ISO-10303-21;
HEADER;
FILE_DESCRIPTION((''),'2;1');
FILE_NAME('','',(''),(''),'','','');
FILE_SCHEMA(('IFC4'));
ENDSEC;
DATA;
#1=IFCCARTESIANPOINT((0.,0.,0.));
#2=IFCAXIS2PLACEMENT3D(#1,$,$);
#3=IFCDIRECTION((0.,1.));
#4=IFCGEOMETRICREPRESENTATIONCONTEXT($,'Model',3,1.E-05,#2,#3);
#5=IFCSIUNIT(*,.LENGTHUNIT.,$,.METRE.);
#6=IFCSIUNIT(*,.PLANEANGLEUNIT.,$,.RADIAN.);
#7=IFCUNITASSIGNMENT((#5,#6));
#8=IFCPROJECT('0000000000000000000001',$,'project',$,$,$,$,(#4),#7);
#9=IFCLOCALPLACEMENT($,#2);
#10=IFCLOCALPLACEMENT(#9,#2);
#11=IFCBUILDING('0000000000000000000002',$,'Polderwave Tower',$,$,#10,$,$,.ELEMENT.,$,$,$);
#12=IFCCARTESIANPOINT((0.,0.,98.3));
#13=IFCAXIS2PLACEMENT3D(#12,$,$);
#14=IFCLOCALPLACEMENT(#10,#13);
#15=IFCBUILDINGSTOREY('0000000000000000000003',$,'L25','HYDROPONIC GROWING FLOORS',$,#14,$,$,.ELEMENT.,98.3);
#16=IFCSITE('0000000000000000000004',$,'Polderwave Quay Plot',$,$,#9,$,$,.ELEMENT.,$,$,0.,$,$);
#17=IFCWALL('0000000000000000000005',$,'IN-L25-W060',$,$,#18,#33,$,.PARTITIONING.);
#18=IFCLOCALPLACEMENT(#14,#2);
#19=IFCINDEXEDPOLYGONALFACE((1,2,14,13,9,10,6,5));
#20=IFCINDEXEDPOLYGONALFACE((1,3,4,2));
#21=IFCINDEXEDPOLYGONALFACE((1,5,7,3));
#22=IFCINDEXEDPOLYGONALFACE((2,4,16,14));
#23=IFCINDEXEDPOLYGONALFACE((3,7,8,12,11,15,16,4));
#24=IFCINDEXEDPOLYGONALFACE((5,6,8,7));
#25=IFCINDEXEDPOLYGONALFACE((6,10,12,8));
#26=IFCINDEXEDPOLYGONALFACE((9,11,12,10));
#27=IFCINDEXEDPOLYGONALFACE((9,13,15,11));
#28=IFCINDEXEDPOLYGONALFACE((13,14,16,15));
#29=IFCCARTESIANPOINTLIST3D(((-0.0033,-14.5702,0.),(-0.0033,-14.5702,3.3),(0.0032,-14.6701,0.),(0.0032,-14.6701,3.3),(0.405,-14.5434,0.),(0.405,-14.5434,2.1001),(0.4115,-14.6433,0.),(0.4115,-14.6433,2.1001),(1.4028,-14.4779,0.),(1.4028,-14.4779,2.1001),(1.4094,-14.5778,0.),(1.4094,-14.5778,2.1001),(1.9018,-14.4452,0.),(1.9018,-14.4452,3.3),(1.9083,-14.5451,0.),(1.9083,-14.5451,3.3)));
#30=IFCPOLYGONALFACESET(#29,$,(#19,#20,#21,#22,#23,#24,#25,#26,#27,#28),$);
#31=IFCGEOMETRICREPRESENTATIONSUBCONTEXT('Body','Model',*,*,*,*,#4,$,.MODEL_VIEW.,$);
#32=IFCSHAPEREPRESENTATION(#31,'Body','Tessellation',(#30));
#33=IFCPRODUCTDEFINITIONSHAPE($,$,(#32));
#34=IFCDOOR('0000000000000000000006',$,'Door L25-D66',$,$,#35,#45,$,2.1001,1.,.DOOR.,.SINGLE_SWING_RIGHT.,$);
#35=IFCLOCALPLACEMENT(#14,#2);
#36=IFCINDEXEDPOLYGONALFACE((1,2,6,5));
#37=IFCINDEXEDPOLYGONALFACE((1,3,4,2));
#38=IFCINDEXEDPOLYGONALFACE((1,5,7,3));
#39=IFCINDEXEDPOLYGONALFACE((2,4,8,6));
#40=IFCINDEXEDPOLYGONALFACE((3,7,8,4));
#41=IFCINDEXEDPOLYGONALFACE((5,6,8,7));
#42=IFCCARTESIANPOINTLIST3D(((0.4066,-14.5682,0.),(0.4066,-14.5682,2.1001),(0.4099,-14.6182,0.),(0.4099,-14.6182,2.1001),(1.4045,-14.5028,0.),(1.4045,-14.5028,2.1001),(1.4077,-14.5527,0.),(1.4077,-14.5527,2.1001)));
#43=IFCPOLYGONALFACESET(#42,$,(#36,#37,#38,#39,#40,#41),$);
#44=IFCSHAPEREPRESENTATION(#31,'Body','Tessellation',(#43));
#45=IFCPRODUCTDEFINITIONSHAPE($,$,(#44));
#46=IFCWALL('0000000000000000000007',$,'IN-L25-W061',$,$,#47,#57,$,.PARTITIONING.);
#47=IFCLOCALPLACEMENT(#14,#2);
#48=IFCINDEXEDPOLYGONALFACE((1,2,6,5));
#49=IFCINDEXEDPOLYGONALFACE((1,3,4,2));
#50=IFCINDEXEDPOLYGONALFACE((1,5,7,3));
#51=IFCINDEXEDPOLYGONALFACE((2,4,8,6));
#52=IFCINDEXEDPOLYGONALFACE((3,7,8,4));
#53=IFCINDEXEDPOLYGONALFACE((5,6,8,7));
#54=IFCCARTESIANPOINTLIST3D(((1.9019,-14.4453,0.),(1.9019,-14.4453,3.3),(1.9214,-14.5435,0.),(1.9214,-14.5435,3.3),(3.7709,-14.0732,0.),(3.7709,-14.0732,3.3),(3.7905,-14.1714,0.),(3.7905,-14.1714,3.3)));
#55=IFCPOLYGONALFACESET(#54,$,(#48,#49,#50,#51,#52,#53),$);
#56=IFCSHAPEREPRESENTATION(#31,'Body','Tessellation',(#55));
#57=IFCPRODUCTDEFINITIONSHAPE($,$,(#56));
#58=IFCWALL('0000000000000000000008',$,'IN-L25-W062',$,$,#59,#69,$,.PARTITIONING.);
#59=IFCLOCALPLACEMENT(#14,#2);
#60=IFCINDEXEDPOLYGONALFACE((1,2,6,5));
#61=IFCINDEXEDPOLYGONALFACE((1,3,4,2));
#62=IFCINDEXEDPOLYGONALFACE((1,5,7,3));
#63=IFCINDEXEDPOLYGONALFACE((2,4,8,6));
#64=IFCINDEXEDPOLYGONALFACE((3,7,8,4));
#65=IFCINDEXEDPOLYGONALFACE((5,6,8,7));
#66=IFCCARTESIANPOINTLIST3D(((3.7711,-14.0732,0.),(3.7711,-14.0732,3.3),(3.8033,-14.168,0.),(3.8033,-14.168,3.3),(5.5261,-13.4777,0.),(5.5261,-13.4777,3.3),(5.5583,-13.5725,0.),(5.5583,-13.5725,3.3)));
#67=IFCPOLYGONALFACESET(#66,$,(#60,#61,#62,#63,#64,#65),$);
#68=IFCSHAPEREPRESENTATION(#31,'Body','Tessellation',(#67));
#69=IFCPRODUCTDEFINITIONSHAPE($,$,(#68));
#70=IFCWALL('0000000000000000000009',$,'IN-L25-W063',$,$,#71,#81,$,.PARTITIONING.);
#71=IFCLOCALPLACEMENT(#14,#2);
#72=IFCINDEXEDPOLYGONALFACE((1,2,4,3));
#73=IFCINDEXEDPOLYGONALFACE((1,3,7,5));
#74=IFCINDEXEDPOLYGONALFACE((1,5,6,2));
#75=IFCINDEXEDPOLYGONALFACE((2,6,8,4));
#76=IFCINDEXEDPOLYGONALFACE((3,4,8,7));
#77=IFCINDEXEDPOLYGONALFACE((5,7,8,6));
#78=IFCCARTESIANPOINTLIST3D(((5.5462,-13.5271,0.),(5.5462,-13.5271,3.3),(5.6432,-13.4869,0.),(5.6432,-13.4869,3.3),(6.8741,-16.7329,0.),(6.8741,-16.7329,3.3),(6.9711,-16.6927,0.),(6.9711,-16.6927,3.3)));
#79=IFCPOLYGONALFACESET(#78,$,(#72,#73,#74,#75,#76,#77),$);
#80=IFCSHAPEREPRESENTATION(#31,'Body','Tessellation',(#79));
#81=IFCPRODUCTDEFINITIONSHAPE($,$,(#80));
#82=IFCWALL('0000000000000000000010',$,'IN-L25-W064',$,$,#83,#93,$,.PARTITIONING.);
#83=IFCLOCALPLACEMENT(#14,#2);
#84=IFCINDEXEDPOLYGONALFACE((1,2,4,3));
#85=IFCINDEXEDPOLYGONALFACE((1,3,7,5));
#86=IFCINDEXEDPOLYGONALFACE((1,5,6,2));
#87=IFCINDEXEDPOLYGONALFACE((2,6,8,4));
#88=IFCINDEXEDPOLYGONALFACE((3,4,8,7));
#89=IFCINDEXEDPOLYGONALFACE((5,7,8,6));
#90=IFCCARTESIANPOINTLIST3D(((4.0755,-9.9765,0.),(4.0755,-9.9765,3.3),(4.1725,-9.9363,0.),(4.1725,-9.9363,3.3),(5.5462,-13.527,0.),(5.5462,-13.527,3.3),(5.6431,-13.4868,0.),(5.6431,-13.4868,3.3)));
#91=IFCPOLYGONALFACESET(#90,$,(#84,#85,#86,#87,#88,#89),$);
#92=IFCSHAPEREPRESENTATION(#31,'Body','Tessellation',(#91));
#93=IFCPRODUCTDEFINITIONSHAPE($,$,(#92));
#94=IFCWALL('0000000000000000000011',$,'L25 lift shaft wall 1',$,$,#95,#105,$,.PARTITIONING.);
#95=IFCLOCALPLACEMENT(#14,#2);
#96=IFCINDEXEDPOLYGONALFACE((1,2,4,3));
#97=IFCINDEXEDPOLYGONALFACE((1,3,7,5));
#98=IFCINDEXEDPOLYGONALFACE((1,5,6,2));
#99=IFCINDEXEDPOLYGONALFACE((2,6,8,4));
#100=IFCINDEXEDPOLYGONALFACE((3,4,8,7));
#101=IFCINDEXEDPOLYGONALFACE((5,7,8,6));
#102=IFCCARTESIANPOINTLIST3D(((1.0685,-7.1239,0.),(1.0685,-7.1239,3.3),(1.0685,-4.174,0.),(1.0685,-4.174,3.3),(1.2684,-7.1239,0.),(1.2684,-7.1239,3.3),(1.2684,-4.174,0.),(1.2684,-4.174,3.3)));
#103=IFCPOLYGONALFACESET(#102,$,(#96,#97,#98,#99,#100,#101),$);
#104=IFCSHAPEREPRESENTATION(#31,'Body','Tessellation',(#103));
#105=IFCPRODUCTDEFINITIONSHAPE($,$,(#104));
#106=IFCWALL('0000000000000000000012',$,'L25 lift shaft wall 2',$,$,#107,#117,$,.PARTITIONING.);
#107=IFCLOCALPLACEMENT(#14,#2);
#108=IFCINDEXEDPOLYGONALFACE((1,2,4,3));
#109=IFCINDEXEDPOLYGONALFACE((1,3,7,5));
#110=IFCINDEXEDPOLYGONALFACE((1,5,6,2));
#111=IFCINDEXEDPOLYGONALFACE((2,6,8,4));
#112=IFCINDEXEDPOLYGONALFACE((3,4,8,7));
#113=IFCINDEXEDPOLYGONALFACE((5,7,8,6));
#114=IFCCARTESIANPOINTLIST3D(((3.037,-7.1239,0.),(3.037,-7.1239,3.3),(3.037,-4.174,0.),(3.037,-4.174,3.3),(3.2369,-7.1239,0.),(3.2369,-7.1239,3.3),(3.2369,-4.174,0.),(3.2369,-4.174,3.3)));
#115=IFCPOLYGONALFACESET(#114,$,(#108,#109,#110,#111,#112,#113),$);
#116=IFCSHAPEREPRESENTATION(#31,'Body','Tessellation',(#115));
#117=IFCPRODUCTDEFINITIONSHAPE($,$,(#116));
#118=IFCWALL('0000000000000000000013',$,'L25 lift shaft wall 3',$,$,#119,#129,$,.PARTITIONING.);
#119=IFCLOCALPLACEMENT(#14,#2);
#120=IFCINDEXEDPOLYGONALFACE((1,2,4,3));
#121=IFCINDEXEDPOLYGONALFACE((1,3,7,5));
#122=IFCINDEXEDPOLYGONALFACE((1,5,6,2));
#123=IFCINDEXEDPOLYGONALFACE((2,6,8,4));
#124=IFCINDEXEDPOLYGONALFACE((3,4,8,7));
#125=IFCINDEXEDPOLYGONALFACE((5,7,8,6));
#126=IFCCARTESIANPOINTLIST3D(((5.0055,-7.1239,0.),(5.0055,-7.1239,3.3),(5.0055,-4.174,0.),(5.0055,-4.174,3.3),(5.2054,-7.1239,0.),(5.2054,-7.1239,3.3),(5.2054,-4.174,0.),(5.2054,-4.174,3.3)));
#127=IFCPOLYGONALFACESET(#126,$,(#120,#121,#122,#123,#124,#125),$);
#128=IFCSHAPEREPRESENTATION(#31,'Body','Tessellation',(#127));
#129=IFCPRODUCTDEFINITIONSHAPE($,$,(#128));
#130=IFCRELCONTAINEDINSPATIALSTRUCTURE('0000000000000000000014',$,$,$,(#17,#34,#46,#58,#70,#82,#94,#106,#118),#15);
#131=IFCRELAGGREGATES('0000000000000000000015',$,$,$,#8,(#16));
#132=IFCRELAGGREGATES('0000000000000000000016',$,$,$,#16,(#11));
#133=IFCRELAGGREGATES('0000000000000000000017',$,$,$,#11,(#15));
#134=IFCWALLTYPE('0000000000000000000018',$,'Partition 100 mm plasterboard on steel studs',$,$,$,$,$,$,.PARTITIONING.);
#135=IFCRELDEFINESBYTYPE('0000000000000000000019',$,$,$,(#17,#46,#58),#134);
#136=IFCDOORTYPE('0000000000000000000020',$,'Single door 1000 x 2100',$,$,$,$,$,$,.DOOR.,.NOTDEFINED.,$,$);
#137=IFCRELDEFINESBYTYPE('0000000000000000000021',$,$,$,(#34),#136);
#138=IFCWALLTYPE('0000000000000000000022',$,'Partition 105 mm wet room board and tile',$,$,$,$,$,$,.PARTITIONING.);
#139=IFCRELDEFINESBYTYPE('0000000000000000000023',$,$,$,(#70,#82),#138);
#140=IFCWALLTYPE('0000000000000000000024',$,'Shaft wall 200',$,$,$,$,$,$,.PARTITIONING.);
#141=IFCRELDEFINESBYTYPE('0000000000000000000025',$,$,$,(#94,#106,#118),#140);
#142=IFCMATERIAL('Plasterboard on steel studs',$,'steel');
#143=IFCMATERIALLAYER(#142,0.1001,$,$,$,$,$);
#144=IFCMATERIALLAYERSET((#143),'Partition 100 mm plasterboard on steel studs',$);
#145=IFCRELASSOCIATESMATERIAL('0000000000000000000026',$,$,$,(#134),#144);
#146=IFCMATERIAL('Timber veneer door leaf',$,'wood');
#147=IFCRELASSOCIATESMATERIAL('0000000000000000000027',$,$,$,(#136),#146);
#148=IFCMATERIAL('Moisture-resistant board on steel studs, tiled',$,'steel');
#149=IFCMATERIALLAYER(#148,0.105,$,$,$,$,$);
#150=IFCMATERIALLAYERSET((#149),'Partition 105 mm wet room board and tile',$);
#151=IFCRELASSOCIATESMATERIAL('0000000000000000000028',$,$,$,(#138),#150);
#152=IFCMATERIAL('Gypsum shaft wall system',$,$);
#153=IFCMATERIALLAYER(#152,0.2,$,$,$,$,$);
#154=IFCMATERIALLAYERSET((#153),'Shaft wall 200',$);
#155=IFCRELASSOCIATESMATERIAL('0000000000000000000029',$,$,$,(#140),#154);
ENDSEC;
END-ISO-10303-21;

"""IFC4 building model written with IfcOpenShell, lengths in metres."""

from ifc_helpers import new_model, si_unit, direction, frame, frame_2d, origin, place, context, subcontext, project, spatial, rectangle, extrude, material, layer, layer_set, type_object, element, fill, save


model = new_model("IFC4")

# Units and contexts
model_context = context("Model", 3, precision=1e-05, world=origin(), true_north=direction((0.0, 1.0)))
body_context = subcontext(model_context, "Body", "Model", "MODEL_VIEW")
ifc_project = project(units=[si_unit("LENGTHUNIT", "METRE"), si_unit("PLANEANGLEUNIT", "RADIAN")], contexts=[model_context])

# Site, building, storey
site_placement = place(None, origin())
site = spatial("IfcSite", under=ifc_project, at=site_placement, Name="Polderwave Quay Plot", CompositionType="ELEMENT", RefElevation=0.0)
building_placement = place(site_placement, origin())
building = spatial("IfcBuilding", under=site, at=building_placement, Name="Polderwave Tower", CompositionType="ELEMENT")
storey_placement = place(building_placement, frame((0.0, 0.0, 98.3)))
storey = spatial("IfcBuildingStorey", under=building, at=storey_placement, Name="L25", Description="HYDROPONIC GROWING FLOORS", CompositionType="ELEMENT", Elevation=98.3)

# Wall, opening, door
ifc_material_1 = material(Name="Plasterboard on steel studs", Category="steel")
ifc_layer_1 = layer(ifc_material_1, 0.1001)
ifc_layer_set_1 = layer_set([ifc_layer_1], Name="Partition 100 mm plasterboard on steel studs")
wall_type_1 = type_object("IfcWallType", Name="Partition 100 mm plasterboard on steel studs", PredefinedType="PARTITIONING", material=ifc_layer_set_1)
wall_1_placement = place(storey_placement, frame((1.905, -14.4951, 0.0), z_axis=(0.0, 0.0, 1.0), x_axis=(-0.997854, -0.065475, 0.0)))
wall_1 = element("IfcWall", 1, at=wall_1_placement, inside=storey, type_object=wall_type_1, Name="IN-L25-W060", PredefinedType="PARTITIONING", context=body_context, shape_type="SweptSolid", body=[
    extrude(rectangle(XDim=1.9092, YDim=0.1001, at=frame_2d((0.9546, 0.0))), origin(), (0.0, 0.0, 1.0), 3.3),
])
opening_1_placement = place(wall_1_placement, frame((0.5, 0.0, 0.0)))
opening_1 = element("IfcOpeningElement", 2, at=opening_1_placement, cuts=wall_1, PredefinedType="OPENING", context=body_context, shape_type="SweptSolid", body=[
    extrude(rectangle(XDim=1.0, YDim=2.1001, at=frame_2d((0.5, 1.05))), frame((0.0, 0.0601, 0.0), z_axis=(0.0, -1.0, 0.0), x_axis=(1.0, 0.0, 0.0)), (0.0, 0.0, 1.0), 0.1201),
])
ifc_material_2 = material(Name="Timber veneer door leaf", Category="wood")
door_type_1 = type_object("IfcDoorType", Name="Single door 1000 x 2100", OperationType="NOTDEFINED", PredefinedType="DOOR", material=ifc_material_2)
door_1_placement = place(opening_1_placement, origin())
door_1 = element("IfcDoor", 3, at=door_1_placement, inside=storey, type_object=door_type_1, Name="Door L25-D66", OperationType="SINGLE_SWING_RIGHT", OverallHeight=2.1001, OverallWidth=1.0, PredefinedType="DOOR", context=body_context, shape_type="SweptSolid", body=[
    extrude(rectangle(XDim=1.0, YDim=2.1001, at=frame_2d((0.5, 1.05))), frame((0.0, 0.0249, 0.0), z_axis=(0.0, -1.0, 0.0), x_axis=(1.0, 0.0, 0.0)), (0.0, 0.0, 1.0), 0.05),
])
fill(opening_1, door_1)

# Walls
wall_2_placement = place(storey_placement, frame((1.9116, -14.4944, 0.0), z_axis=(0.0, 0.0, 1.0), x_axis=(0.980758, 0.195229, 0.0)))
element("IfcWall", 4, at=wall_2_placement, inside=storey, type_object=wall_type_1, Name="IN-L25-W061", PredefinedType="PARTITIONING", context=body_context, shape_type="SweptSolid", body=[
    extrude(rectangle(XDim=1.9058, YDim=0.1001, at=frame_2d((0.9529, 0.0))), origin(), (0.0, 0.0, 1.0), 3.3),
])
wall_3_placement = place(storey_placement, frame((3.7871, -14.1206, 0.0), z_axis=(0.0, 0.0, 1.0), x_axis=(0.94697, 0.321322, 0.0)))
element("IfcWall", 5, at=wall_3_placement, inside=storey, type_object=wall_type_1, Name="IN-L25-W062", PredefinedType="PARTITIONING", context=body_context, shape_type="SweptSolid", body=[
    extrude(rectangle(XDim=1.8533, YDim=0.1001, at=frame_2d((0.9268, 0.0))), origin(), (0.0, 0.0, 1.0), 3.3),
])
ifc_material_3 = material(Name="Moisture-resistant board on steel studs, tiled", Category="steel")
ifc_layer_2 = layer(ifc_material_3, 0.105)
ifc_layer_set_2 = layer_set([ifc_layer_2], Name="Partition 105 mm wet room board and tile")
wall_type_2 = type_object("IfcWallType", Name="Partition 105 mm wet room board and tile", PredefinedType="PARTITIONING", material=ifc_layer_set_2)
wall_4_placement = place(storey_placement, frame((5.5947, -13.5071, 0.0), z_axis=(0.0, 0.0, 1.0), x_axis=(0.382681, -0.92388, 0.0)))
element("IfcWall", 6, at=wall_4_placement, inside=storey, type_object=wall_type_2, Name="IN-L25-W063", PredefinedType="PARTITIONING", context=body_context, shape_type="SweptSolid", body=[
    extrude(rectangle(XDim=3.47, YDim=0.105, at=frame_2d((1.7349, 0.0))), origin(), (0.0, 0.0, 1.0), 3.3),
])
wall_5_placement = place(storey_placement, frame((4.124, -9.9565, 0.0), z_axis=(0.0, 0.0, 1.0), x_axis=(0.382688, -0.923877, 0.0)))
element("IfcWall", 7, at=wall_5_placement, inside=storey, type_object=wall_type_2, Name="IN-L25-W064", PredefinedType="PARTITIONING", context=body_context, shape_type="SweptSolid", body=[
    extrude(rectangle(XDim=3.843, YDim=0.105, at=frame_2d((1.9214, 0.0))), origin(), (0.0, 0.0, 1.0), 3.3),
])
ifc_material_4 = material(Name="Gypsum shaft wall system")
ifc_layer_3 = layer(ifc_material_4, 0.2)
ifc_layer_set_3 = layer_set([ifc_layer_3], Name="Shaft wall 200")
wall_type_3 = type_object("IfcWallType", Name="Shaft wall 200", PredefinedType="PARTITIONING", material=ifc_layer_set_3)
for number, where, z_axis, x_axis, name in (
    (8, (1.1685, -7.124, 0.0), (0.0, 0.0, 1.0), (0.0, 1.0, 0.0), "L25 lift shaft wall 1"),
    (9, (3.137, -7.124, 0.0), (0.0, 0.0, 1.0), (0.0, 1.0, 0.0), "L25 lift shaft wall 2"),
    (10, (5.1055, -7.124, 0.0), (0.0, 0.0, 1.0), (0.0, 1.0, 0.0), "L25 lift shaft wall 3"),
):
    element("IfcWall", number, at=place(storey_placement, frame(where, z_axis=z_axis, x_axis=x_axis)), inside=storey, type_object=wall_type_3, Name=name, PredefinedType="PARTITIONING", context=body_context, shape_type="SweptSolid", body=[
        extrude(rectangle(XDim=2.95, YDim=0.2, at=frame_2d((1.4751, 0.0))), origin(), (0.0, 0.0, 1.0), 3.3),
    ])

save(model, "model.ifc")
